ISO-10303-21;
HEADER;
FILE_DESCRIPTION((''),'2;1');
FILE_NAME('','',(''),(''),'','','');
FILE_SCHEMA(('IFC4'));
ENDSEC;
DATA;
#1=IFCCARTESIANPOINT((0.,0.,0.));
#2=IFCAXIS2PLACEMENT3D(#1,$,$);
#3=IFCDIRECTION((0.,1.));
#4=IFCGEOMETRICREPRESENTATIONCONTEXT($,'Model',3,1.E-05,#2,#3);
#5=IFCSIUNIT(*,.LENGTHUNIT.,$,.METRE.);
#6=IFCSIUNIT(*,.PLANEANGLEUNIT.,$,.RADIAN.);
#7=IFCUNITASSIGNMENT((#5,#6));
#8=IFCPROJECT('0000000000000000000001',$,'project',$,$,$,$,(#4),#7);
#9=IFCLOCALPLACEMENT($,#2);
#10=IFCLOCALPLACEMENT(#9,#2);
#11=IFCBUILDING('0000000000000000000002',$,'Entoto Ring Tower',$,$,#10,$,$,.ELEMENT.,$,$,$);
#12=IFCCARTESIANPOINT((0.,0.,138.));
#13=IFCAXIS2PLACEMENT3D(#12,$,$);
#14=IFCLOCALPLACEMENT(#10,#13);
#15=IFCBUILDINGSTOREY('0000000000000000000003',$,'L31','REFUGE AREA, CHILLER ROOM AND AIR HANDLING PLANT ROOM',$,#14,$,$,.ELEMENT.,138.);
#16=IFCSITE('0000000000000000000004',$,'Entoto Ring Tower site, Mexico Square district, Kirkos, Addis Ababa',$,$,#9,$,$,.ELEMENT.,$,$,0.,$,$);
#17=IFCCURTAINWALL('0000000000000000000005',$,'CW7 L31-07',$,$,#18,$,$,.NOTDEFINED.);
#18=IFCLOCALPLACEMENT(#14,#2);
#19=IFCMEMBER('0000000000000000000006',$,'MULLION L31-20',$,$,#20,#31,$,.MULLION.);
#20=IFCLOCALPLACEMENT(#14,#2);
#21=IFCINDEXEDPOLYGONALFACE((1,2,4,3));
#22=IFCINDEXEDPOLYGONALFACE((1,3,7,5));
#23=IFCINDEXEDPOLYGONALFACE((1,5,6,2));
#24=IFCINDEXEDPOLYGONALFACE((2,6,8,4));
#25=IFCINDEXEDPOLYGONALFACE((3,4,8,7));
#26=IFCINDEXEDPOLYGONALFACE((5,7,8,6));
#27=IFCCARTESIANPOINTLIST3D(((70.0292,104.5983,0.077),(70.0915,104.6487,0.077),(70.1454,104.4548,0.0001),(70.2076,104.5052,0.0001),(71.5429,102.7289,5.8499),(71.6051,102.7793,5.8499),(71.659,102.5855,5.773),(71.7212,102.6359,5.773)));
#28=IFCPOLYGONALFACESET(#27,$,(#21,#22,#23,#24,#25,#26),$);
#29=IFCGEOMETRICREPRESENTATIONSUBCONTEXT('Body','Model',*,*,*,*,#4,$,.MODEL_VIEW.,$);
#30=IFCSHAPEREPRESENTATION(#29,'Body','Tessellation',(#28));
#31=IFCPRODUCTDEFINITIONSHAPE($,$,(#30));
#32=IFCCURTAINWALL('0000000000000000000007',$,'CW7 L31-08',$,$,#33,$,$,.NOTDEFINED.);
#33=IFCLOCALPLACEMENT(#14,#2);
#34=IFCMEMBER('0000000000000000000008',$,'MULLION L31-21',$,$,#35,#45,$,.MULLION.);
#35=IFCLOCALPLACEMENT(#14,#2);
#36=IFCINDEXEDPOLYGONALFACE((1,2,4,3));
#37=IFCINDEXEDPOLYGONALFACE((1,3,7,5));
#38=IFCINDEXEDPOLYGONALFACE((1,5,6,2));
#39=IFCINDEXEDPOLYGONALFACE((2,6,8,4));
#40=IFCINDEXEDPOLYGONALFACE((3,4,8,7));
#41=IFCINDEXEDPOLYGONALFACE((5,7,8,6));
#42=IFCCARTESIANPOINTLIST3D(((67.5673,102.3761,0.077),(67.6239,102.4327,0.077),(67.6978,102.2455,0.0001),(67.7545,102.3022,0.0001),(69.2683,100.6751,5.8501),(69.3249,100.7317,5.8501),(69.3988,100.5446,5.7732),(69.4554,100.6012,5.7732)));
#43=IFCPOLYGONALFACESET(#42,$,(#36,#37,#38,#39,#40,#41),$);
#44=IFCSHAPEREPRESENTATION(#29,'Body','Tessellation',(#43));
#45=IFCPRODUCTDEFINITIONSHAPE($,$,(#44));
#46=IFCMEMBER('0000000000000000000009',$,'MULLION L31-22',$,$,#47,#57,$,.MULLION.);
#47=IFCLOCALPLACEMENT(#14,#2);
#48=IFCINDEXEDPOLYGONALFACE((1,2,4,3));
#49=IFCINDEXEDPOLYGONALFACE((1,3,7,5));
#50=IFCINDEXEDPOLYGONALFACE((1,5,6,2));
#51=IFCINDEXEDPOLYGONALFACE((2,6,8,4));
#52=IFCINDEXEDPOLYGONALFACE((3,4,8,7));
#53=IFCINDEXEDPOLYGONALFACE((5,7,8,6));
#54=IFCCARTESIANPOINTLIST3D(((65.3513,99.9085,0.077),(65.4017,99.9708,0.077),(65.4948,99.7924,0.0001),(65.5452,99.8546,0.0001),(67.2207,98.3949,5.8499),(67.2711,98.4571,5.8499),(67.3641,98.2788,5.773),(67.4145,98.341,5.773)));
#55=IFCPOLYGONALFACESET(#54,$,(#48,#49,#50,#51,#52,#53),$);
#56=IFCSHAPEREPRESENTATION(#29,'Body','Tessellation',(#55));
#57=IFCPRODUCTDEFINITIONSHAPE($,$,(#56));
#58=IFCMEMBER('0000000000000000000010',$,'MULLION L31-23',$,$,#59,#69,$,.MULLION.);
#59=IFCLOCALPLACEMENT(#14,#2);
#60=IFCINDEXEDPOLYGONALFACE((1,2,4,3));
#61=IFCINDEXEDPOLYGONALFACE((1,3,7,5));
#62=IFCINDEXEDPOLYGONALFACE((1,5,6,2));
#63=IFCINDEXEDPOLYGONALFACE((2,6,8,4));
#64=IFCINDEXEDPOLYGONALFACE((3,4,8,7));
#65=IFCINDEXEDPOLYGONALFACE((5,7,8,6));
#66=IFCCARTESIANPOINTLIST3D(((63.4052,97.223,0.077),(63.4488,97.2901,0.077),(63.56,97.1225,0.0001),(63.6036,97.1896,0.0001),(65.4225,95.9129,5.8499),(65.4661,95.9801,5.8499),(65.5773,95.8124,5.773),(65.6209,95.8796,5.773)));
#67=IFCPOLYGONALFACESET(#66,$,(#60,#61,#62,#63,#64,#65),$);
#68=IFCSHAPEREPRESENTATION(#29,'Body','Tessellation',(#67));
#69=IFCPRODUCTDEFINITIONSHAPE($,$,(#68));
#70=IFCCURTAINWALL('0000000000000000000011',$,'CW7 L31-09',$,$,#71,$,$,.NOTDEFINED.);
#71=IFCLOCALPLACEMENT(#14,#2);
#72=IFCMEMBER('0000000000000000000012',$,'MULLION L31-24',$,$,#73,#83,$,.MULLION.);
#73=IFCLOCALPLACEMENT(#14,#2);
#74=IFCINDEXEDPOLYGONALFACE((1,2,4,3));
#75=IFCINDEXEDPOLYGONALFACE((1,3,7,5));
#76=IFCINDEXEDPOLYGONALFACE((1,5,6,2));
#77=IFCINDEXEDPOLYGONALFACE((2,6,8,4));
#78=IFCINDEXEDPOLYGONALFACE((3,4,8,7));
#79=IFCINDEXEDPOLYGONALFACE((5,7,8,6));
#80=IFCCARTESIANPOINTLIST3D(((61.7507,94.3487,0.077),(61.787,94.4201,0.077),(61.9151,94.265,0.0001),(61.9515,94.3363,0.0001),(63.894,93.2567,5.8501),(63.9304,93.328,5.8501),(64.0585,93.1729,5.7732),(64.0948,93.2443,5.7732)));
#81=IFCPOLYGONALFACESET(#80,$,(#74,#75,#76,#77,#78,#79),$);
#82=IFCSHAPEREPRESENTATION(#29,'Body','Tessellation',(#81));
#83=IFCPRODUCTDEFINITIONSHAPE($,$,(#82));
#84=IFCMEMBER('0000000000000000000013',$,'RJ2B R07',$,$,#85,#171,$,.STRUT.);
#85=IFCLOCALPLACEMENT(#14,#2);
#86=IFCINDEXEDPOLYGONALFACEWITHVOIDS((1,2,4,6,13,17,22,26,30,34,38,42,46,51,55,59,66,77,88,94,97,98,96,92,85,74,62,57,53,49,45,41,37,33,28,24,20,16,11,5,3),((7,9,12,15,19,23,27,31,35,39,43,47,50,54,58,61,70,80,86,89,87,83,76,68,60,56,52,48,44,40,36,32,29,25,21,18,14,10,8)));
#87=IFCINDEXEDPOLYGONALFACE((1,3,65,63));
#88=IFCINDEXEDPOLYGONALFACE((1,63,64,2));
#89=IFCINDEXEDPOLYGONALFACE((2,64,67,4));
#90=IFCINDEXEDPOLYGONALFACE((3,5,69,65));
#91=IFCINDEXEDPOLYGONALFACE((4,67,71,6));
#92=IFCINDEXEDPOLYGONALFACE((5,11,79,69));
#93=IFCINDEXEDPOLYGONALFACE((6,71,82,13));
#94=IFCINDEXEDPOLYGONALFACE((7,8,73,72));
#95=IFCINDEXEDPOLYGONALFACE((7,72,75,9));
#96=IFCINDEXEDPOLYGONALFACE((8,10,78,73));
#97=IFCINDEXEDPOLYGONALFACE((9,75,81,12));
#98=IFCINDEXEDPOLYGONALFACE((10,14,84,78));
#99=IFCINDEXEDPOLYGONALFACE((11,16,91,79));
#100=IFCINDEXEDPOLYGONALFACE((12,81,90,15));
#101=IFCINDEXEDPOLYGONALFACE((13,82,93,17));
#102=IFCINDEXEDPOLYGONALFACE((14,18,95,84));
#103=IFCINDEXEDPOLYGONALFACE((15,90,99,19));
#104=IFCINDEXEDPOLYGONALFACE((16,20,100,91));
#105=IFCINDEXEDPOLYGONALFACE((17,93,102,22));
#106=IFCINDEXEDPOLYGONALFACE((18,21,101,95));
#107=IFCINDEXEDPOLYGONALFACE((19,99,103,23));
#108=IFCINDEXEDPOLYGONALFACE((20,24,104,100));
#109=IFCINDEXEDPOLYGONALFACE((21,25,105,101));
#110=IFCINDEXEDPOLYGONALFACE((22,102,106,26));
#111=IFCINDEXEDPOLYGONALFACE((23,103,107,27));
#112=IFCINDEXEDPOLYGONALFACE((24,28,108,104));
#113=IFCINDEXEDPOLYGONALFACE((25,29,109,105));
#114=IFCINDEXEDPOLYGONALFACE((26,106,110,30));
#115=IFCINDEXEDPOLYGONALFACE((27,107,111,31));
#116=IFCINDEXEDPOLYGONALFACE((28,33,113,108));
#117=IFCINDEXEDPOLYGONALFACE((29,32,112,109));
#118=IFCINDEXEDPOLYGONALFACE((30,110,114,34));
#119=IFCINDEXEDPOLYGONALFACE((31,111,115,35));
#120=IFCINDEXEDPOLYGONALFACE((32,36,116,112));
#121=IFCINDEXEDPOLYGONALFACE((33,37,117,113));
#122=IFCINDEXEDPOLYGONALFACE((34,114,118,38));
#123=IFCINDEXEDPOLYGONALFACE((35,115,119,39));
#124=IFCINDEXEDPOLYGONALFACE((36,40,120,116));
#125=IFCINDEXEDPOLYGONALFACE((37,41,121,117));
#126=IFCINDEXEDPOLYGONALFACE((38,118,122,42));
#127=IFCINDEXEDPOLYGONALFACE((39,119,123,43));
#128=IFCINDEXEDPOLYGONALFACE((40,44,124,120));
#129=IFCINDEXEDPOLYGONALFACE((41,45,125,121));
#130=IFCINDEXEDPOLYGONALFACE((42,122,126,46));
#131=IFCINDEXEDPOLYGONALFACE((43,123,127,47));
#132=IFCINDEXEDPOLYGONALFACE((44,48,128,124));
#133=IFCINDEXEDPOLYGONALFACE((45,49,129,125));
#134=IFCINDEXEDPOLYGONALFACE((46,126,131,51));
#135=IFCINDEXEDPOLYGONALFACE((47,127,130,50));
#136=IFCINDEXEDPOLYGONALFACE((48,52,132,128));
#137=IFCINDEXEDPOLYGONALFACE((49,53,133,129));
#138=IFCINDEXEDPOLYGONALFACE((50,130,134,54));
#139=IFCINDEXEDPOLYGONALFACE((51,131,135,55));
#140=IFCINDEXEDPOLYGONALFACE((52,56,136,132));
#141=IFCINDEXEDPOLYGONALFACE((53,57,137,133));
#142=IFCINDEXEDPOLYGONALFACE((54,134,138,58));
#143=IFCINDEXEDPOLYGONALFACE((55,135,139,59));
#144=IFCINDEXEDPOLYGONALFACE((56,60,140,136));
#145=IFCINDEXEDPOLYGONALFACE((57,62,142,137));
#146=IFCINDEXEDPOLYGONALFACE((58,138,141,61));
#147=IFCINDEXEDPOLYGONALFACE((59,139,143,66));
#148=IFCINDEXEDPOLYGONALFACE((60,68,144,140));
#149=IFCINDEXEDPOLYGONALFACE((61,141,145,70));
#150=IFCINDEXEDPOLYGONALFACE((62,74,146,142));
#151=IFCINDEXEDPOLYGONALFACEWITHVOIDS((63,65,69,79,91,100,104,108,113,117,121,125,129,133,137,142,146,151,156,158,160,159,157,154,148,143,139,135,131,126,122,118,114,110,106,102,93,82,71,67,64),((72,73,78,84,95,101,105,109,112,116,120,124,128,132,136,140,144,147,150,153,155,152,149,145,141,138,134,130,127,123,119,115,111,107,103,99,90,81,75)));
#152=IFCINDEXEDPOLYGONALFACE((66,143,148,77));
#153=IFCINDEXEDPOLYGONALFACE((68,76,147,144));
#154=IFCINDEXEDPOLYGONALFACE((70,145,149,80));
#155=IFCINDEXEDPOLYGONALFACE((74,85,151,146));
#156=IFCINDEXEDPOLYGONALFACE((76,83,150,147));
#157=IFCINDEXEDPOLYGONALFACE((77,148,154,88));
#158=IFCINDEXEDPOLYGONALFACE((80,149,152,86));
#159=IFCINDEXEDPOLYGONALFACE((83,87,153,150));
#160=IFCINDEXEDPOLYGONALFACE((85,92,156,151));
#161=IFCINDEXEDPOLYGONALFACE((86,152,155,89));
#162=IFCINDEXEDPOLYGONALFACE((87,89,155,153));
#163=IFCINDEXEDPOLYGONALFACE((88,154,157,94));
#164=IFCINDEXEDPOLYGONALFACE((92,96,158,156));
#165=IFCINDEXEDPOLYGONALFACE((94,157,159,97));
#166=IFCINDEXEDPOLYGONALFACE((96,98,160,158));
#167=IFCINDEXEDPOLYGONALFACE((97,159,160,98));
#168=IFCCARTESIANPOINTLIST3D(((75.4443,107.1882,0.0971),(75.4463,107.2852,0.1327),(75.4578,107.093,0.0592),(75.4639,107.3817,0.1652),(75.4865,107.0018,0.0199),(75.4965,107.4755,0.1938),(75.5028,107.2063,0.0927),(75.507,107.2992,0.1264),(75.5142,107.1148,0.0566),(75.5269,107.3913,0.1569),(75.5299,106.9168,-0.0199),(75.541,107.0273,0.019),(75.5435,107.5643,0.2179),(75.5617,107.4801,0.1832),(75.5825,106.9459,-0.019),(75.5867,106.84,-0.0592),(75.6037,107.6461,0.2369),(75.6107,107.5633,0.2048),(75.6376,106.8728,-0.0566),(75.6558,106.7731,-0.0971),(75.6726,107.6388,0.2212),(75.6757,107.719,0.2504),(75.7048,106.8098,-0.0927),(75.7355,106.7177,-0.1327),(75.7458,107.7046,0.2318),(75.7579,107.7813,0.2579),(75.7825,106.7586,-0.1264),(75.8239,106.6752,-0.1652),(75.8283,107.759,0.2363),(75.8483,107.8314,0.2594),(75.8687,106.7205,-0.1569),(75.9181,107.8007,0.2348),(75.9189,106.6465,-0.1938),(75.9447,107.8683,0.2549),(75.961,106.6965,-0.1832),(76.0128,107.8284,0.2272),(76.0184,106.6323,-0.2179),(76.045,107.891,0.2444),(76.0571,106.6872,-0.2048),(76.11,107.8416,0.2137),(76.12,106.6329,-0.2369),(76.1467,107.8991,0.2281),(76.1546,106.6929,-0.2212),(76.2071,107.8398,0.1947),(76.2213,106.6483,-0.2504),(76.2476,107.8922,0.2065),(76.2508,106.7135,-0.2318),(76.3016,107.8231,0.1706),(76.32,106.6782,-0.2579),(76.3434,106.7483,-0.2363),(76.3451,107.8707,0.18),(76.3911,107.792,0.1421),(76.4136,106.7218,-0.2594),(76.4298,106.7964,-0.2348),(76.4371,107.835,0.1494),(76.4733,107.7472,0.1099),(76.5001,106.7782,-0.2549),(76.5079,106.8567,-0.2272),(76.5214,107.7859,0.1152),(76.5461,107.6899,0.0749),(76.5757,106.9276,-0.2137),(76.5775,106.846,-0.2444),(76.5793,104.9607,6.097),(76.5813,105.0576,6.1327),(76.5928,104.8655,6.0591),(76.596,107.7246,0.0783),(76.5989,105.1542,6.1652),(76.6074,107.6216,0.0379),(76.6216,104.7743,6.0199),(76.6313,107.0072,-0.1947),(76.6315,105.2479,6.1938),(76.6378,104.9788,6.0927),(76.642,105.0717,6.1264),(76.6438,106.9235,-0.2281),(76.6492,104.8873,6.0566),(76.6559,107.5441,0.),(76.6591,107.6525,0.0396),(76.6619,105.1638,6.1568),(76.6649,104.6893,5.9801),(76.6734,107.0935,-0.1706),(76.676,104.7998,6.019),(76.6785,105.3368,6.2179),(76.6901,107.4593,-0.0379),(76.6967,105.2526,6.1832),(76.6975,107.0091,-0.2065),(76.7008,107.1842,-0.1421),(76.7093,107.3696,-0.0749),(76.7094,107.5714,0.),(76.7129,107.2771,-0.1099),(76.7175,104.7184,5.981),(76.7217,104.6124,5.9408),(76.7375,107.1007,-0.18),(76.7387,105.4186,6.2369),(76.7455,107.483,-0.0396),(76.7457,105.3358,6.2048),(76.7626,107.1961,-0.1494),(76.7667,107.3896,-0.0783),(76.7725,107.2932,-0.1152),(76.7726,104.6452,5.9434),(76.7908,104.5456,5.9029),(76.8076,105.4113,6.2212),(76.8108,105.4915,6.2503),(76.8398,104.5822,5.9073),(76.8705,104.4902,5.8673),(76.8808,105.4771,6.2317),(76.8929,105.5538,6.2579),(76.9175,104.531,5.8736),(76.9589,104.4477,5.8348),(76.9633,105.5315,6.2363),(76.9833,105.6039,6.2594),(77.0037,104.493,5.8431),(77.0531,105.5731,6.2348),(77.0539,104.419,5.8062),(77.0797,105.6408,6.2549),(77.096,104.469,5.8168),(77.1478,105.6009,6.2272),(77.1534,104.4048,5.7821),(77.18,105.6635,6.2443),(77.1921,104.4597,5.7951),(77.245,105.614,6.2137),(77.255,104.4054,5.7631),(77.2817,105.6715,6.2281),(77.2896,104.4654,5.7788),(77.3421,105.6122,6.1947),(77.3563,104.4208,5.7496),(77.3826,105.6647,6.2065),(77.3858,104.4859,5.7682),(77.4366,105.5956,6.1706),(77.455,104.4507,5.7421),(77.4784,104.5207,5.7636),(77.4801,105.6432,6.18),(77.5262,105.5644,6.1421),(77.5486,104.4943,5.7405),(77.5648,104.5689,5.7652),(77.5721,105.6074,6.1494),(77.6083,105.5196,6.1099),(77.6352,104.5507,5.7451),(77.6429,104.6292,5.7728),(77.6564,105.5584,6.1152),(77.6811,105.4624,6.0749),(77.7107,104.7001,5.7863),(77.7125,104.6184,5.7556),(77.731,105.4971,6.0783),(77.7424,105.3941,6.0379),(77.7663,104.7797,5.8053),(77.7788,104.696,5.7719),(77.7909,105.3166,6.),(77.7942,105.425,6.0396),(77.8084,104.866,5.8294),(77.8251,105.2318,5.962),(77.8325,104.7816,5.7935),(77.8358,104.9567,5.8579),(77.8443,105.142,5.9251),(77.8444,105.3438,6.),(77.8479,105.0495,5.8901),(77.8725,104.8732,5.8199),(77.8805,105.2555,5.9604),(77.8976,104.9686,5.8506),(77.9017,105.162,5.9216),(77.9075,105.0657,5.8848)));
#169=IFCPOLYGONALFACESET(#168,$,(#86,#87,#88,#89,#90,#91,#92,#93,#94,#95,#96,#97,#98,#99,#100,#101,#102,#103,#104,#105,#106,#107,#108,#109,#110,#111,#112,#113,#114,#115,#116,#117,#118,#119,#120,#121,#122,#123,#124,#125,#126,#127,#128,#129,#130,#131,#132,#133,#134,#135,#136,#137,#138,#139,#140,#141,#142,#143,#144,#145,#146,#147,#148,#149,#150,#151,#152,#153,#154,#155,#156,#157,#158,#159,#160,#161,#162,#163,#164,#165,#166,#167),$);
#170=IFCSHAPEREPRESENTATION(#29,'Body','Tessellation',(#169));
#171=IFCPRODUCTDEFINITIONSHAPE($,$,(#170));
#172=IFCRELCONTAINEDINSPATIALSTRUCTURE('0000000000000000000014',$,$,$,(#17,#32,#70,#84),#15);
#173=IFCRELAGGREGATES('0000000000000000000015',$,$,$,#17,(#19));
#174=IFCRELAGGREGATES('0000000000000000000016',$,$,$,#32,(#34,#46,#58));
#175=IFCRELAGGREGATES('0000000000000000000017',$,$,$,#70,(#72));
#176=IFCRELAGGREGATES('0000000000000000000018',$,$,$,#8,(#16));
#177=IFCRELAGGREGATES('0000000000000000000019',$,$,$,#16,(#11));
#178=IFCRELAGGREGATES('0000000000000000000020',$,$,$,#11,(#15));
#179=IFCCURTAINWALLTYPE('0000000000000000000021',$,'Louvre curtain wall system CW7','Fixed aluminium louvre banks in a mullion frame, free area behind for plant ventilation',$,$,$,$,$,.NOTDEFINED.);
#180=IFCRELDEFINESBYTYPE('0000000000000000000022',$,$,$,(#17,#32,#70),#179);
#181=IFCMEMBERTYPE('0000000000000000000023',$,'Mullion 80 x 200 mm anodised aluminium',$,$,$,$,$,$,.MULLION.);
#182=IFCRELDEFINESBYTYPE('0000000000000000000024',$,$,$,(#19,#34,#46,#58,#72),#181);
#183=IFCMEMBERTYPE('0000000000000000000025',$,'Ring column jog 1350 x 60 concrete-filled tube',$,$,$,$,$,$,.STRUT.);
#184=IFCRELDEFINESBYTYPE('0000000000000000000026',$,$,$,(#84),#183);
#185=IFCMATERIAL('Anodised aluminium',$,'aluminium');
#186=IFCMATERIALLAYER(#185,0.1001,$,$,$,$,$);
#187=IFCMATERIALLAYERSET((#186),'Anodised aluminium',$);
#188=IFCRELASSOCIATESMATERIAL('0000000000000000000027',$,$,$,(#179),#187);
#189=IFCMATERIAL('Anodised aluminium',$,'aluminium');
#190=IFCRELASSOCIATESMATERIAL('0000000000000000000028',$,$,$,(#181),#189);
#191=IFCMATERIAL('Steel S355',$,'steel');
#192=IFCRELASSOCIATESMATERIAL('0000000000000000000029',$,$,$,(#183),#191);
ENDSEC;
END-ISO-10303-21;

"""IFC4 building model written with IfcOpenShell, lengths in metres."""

from ifc_helpers import new_model, si_unit, direction, frame, origin, origin_2d, place, context, subcontext, project, spatial, rectangle, circle, hollow_circle, extrude, material, layer, layer_set, material_profile, profile_set, type_object, element, aggregate, save


model = new_model("IFC4")

# Units and contexts
model_context = context("Model", 3, precision=1e-05, world=origin(), true_north=direction((0.0, 1.0)))
body_context = subcontext(model_context, "Body", "Model", "MODEL_VIEW")
ifc_project = project(units=[si_unit("LENGTHUNIT", "METRE"), si_unit("PLANEANGLEUNIT", "RADIAN")], contexts=[model_context])

# Site, building, storey
site_placement = place(None, origin())
site = spatial("IfcSite", under=ifc_project, at=site_placement, Name="Entoto Ring Tower site, Mexico Square district, Kirkos, Addis Ababa", CompositionType="ELEMENT", RefElevation=0.0)
building_placement = place(site_placement, origin())
building = spatial("IfcBuilding", under=site, at=building_placement, Name="Entoto Ring Tower", CompositionType="ELEMENT")
storey_placement = place(building_placement, frame((0.0, 0.0, 138.0)))
storey = spatial("IfcBuildingStorey", under=building, at=storey_placement, Name="L31", Description="REFUGE AREA, CHILLER ROOM AND AIR HANDLING PLANT ROOM", CompositionType="ELEMENT", Elevation=138.0)

# Curtain walls, members
ifc_material_1 = material(Name="Anodised aluminium", Category="aluminium")
ifc_layer_1 = layer(ifc_material_1, 0.1001)
ifc_layer_set_1 = layer_set([ifc_layer_1], Name="Anodised aluminium")
curtain_wall_type = type_object("IfcCurtainWallType", Name="Louvre curtain wall system CW7", Description="Fixed aluminium louvre banks in a mullion frame, free area behind for plant ventilation", PredefinedType="NOTDEFINED", material=ifc_layer_set_1)
curtain_wall_1_placement = place(storey_placement, origin())
curtain_wall_1 = element("IfcCurtainWall", 1, at=curtain_wall_1_placement, inside=storey, type_object=curtain_wall_type, Name="CW7 L31-07", PredefinedType="NOTDEFINED")
ifc_material_2 = material(Name="Anodised aluminium", Category="aluminium")
ifc_material_profile_1 = material_profile(ifc_material_2, rectangle(XDim=0.0801, YDim=0.2, at=origin_2d()), Name="Mullion 80 x 200 mm anodised aluminium")
ifc_profile_set_1 = profile_set([ifc_material_profile_1], Name="Anodised aluminium")
member_type_1 = type_object("IfcMemberType", Name="Mullion 80 x 200 mm anodised aluminium", PredefinedType="MULLION", material=ifc_profile_set_1)
member_1_placement = place(storey_placement, frame((70.1184, 104.5518, 0.0386), z_axis=(0.242032, -0.298909, 0.923078), x_axis=(0.777172, 0.629289, 0.0)))
member_1 = element("IfcMember", 2, at=member_1_placement, type_object=member_type_1, Name="MULLION L31-20", PredefinedType="MULLION", context=body_context, shape_type="SweptSolid", body=[
    extrude(rectangle(XDim=0.0801, YDim=0.2, at=origin_2d()), origin(), (0.0, 0.0, 1.0), 6.2539),
])
aggregate(curtain_wall_1, [member_1])
curtain_wall_2_placement = place(storey_placement, origin())
curtain_wall_2 = element("IfcCurtainWall", 3, at=curtain_wall_2_placement, inside=storey, type_object=curtain_wall_type, Name="CW7 L31-08", PredefinedType="NOTDEFINED")
member_2_placement = place(storey_placement, frame((67.6609, 102.3391, 0.0386), z_axis=(0.271972, -0.271972, 0.923072), x_axis=(0.707107, 0.707107, 0.0)))
member_2 = element("IfcMember", 4, at=member_2_placement, type_object=member_type_1, Name="MULLION L31-21", PredefinedType="MULLION", context=body_context, shape_type="SweptSolid", body=[
    extrude(rectangle(XDim=0.0801, YDim=0.2, at=origin_2d()), origin(), (0.0, 0.0, 1.0), 6.2542),
])
member_3_placement = place(storey_placement, frame((65.4482, 99.8816, 0.0386), z_axis=(0.298909, -0.242032, 0.923078), x_axis=(0.629289, 0.777172, 0.0)))
member_3 = element("IfcMember", 5, at=member_3_placement, type_object=member_type_1, Name="MULLION L31-22", PredefinedType="MULLION", context=body_context, shape_type="SweptSolid", body=[
    extrude(rectangle(XDim=0.0801, YDim=0.2, at=origin_2d()), origin(), (0.0, 0.0, 1.0), 6.2539),
])
member_4_placement = place(storey_placement, frame((63.5044, 97.2063, 0.0386), z_axis=(0.322566, -0.209474, 0.923077), x_axis=(0.544635, 0.838673, 0.0)))
member_4 = element("IfcMember", 6, at=member_4_placement, type_object=member_type_1, Name="MULLION L31-23", PredefinedType="MULLION", context=body_context, shape_type="SweptSolid", body=[
    extrude(rectangle(XDim=0.0801, YDim=0.2, at=origin_2d()), origin(), (0.0, 0.0, 1.0), 6.2539),
])
aggregate(curtain_wall_2, [member_2, member_3, member_4])

# Curtain wall, member
curtain_wall_3_placement = place(storey_placement, origin())
curtain_wall_3 = element("IfcCurtainWall", 7, at=curtain_wall_3_placement, inside=storey, type_object=curtain_wall_type, Name="CW7 L31-09", PredefinedType="NOTDEFINED")
member_5_placement = place(storey_placement, frame((61.8511, 94.3425, 0.0386), z_axis=(0.342707, -0.174613, 0.923072), x_axis=(0.453981, 0.891012, 0.0)))
member_5 = element("IfcMember", 8, at=member_5_placement, type_object=member_type_1, Name="MULLION L31-24", PredefinedType="MULLION", context=body_context, shape_type="SweptSolid", body=[
    extrude(rectangle(XDim=0.0801, YDim=0.2, at=origin_2d()), origin(), (0.0, 0.0, 1.0), 6.2542),
])
aggregate(curtain_wall_3, [member_5])

# Member
ifc_material_3 = material(Name="Steel S355", Category="steel")
ifc_material_profile_2 = material_profile(ifc_material_3, hollow_circle(Radius=0.675, WallThickness=0.0601, at=origin_2d()), Name="CHS 1350 x 60")
ifc_material_4 = material(Name="Concrete C60/75", Category="concrete")
ifc_material_profile_3 = material_profile(ifc_material_4, circle(Radius=0.615, at=origin_2d()), Name="Concrete C60/75 infill")
ifc_profile_set_2 = profile_set([ifc_material_profile_2, ifc_material_profile_3], Name="Steel S355")
member_type_2 = type_object("IfcMemberType", Name="Ring column jog 1350 x 60 concrete-filled tube", PredefinedType="STRUT", material=ifc_profile_set_2)
for number, where, z_axis, x_axis, name in (
    (9, (76.1079, 107.2649, 0.0), (0.174617, -0.342698, 0.923075), (0.891003, 0.453997, 0.0), "RJ2B R07"),
):
    element("IfcMember", number, at=place(storey_placement, frame(where, z_axis=z_axis, x_axis=x_axis)), inside=storey, type_object=member_type_2, Name=name, PredefinedType="STRUT", context=body_context, shape_type="SweptSolid", body=[
        extrude(hollow_circle(Radius=0.675, WallThickness=0.0601, at=origin_2d()), origin(), (0.0, 0.0, 1.0), 6.5),
    ])

save(model, "model.ifc")
